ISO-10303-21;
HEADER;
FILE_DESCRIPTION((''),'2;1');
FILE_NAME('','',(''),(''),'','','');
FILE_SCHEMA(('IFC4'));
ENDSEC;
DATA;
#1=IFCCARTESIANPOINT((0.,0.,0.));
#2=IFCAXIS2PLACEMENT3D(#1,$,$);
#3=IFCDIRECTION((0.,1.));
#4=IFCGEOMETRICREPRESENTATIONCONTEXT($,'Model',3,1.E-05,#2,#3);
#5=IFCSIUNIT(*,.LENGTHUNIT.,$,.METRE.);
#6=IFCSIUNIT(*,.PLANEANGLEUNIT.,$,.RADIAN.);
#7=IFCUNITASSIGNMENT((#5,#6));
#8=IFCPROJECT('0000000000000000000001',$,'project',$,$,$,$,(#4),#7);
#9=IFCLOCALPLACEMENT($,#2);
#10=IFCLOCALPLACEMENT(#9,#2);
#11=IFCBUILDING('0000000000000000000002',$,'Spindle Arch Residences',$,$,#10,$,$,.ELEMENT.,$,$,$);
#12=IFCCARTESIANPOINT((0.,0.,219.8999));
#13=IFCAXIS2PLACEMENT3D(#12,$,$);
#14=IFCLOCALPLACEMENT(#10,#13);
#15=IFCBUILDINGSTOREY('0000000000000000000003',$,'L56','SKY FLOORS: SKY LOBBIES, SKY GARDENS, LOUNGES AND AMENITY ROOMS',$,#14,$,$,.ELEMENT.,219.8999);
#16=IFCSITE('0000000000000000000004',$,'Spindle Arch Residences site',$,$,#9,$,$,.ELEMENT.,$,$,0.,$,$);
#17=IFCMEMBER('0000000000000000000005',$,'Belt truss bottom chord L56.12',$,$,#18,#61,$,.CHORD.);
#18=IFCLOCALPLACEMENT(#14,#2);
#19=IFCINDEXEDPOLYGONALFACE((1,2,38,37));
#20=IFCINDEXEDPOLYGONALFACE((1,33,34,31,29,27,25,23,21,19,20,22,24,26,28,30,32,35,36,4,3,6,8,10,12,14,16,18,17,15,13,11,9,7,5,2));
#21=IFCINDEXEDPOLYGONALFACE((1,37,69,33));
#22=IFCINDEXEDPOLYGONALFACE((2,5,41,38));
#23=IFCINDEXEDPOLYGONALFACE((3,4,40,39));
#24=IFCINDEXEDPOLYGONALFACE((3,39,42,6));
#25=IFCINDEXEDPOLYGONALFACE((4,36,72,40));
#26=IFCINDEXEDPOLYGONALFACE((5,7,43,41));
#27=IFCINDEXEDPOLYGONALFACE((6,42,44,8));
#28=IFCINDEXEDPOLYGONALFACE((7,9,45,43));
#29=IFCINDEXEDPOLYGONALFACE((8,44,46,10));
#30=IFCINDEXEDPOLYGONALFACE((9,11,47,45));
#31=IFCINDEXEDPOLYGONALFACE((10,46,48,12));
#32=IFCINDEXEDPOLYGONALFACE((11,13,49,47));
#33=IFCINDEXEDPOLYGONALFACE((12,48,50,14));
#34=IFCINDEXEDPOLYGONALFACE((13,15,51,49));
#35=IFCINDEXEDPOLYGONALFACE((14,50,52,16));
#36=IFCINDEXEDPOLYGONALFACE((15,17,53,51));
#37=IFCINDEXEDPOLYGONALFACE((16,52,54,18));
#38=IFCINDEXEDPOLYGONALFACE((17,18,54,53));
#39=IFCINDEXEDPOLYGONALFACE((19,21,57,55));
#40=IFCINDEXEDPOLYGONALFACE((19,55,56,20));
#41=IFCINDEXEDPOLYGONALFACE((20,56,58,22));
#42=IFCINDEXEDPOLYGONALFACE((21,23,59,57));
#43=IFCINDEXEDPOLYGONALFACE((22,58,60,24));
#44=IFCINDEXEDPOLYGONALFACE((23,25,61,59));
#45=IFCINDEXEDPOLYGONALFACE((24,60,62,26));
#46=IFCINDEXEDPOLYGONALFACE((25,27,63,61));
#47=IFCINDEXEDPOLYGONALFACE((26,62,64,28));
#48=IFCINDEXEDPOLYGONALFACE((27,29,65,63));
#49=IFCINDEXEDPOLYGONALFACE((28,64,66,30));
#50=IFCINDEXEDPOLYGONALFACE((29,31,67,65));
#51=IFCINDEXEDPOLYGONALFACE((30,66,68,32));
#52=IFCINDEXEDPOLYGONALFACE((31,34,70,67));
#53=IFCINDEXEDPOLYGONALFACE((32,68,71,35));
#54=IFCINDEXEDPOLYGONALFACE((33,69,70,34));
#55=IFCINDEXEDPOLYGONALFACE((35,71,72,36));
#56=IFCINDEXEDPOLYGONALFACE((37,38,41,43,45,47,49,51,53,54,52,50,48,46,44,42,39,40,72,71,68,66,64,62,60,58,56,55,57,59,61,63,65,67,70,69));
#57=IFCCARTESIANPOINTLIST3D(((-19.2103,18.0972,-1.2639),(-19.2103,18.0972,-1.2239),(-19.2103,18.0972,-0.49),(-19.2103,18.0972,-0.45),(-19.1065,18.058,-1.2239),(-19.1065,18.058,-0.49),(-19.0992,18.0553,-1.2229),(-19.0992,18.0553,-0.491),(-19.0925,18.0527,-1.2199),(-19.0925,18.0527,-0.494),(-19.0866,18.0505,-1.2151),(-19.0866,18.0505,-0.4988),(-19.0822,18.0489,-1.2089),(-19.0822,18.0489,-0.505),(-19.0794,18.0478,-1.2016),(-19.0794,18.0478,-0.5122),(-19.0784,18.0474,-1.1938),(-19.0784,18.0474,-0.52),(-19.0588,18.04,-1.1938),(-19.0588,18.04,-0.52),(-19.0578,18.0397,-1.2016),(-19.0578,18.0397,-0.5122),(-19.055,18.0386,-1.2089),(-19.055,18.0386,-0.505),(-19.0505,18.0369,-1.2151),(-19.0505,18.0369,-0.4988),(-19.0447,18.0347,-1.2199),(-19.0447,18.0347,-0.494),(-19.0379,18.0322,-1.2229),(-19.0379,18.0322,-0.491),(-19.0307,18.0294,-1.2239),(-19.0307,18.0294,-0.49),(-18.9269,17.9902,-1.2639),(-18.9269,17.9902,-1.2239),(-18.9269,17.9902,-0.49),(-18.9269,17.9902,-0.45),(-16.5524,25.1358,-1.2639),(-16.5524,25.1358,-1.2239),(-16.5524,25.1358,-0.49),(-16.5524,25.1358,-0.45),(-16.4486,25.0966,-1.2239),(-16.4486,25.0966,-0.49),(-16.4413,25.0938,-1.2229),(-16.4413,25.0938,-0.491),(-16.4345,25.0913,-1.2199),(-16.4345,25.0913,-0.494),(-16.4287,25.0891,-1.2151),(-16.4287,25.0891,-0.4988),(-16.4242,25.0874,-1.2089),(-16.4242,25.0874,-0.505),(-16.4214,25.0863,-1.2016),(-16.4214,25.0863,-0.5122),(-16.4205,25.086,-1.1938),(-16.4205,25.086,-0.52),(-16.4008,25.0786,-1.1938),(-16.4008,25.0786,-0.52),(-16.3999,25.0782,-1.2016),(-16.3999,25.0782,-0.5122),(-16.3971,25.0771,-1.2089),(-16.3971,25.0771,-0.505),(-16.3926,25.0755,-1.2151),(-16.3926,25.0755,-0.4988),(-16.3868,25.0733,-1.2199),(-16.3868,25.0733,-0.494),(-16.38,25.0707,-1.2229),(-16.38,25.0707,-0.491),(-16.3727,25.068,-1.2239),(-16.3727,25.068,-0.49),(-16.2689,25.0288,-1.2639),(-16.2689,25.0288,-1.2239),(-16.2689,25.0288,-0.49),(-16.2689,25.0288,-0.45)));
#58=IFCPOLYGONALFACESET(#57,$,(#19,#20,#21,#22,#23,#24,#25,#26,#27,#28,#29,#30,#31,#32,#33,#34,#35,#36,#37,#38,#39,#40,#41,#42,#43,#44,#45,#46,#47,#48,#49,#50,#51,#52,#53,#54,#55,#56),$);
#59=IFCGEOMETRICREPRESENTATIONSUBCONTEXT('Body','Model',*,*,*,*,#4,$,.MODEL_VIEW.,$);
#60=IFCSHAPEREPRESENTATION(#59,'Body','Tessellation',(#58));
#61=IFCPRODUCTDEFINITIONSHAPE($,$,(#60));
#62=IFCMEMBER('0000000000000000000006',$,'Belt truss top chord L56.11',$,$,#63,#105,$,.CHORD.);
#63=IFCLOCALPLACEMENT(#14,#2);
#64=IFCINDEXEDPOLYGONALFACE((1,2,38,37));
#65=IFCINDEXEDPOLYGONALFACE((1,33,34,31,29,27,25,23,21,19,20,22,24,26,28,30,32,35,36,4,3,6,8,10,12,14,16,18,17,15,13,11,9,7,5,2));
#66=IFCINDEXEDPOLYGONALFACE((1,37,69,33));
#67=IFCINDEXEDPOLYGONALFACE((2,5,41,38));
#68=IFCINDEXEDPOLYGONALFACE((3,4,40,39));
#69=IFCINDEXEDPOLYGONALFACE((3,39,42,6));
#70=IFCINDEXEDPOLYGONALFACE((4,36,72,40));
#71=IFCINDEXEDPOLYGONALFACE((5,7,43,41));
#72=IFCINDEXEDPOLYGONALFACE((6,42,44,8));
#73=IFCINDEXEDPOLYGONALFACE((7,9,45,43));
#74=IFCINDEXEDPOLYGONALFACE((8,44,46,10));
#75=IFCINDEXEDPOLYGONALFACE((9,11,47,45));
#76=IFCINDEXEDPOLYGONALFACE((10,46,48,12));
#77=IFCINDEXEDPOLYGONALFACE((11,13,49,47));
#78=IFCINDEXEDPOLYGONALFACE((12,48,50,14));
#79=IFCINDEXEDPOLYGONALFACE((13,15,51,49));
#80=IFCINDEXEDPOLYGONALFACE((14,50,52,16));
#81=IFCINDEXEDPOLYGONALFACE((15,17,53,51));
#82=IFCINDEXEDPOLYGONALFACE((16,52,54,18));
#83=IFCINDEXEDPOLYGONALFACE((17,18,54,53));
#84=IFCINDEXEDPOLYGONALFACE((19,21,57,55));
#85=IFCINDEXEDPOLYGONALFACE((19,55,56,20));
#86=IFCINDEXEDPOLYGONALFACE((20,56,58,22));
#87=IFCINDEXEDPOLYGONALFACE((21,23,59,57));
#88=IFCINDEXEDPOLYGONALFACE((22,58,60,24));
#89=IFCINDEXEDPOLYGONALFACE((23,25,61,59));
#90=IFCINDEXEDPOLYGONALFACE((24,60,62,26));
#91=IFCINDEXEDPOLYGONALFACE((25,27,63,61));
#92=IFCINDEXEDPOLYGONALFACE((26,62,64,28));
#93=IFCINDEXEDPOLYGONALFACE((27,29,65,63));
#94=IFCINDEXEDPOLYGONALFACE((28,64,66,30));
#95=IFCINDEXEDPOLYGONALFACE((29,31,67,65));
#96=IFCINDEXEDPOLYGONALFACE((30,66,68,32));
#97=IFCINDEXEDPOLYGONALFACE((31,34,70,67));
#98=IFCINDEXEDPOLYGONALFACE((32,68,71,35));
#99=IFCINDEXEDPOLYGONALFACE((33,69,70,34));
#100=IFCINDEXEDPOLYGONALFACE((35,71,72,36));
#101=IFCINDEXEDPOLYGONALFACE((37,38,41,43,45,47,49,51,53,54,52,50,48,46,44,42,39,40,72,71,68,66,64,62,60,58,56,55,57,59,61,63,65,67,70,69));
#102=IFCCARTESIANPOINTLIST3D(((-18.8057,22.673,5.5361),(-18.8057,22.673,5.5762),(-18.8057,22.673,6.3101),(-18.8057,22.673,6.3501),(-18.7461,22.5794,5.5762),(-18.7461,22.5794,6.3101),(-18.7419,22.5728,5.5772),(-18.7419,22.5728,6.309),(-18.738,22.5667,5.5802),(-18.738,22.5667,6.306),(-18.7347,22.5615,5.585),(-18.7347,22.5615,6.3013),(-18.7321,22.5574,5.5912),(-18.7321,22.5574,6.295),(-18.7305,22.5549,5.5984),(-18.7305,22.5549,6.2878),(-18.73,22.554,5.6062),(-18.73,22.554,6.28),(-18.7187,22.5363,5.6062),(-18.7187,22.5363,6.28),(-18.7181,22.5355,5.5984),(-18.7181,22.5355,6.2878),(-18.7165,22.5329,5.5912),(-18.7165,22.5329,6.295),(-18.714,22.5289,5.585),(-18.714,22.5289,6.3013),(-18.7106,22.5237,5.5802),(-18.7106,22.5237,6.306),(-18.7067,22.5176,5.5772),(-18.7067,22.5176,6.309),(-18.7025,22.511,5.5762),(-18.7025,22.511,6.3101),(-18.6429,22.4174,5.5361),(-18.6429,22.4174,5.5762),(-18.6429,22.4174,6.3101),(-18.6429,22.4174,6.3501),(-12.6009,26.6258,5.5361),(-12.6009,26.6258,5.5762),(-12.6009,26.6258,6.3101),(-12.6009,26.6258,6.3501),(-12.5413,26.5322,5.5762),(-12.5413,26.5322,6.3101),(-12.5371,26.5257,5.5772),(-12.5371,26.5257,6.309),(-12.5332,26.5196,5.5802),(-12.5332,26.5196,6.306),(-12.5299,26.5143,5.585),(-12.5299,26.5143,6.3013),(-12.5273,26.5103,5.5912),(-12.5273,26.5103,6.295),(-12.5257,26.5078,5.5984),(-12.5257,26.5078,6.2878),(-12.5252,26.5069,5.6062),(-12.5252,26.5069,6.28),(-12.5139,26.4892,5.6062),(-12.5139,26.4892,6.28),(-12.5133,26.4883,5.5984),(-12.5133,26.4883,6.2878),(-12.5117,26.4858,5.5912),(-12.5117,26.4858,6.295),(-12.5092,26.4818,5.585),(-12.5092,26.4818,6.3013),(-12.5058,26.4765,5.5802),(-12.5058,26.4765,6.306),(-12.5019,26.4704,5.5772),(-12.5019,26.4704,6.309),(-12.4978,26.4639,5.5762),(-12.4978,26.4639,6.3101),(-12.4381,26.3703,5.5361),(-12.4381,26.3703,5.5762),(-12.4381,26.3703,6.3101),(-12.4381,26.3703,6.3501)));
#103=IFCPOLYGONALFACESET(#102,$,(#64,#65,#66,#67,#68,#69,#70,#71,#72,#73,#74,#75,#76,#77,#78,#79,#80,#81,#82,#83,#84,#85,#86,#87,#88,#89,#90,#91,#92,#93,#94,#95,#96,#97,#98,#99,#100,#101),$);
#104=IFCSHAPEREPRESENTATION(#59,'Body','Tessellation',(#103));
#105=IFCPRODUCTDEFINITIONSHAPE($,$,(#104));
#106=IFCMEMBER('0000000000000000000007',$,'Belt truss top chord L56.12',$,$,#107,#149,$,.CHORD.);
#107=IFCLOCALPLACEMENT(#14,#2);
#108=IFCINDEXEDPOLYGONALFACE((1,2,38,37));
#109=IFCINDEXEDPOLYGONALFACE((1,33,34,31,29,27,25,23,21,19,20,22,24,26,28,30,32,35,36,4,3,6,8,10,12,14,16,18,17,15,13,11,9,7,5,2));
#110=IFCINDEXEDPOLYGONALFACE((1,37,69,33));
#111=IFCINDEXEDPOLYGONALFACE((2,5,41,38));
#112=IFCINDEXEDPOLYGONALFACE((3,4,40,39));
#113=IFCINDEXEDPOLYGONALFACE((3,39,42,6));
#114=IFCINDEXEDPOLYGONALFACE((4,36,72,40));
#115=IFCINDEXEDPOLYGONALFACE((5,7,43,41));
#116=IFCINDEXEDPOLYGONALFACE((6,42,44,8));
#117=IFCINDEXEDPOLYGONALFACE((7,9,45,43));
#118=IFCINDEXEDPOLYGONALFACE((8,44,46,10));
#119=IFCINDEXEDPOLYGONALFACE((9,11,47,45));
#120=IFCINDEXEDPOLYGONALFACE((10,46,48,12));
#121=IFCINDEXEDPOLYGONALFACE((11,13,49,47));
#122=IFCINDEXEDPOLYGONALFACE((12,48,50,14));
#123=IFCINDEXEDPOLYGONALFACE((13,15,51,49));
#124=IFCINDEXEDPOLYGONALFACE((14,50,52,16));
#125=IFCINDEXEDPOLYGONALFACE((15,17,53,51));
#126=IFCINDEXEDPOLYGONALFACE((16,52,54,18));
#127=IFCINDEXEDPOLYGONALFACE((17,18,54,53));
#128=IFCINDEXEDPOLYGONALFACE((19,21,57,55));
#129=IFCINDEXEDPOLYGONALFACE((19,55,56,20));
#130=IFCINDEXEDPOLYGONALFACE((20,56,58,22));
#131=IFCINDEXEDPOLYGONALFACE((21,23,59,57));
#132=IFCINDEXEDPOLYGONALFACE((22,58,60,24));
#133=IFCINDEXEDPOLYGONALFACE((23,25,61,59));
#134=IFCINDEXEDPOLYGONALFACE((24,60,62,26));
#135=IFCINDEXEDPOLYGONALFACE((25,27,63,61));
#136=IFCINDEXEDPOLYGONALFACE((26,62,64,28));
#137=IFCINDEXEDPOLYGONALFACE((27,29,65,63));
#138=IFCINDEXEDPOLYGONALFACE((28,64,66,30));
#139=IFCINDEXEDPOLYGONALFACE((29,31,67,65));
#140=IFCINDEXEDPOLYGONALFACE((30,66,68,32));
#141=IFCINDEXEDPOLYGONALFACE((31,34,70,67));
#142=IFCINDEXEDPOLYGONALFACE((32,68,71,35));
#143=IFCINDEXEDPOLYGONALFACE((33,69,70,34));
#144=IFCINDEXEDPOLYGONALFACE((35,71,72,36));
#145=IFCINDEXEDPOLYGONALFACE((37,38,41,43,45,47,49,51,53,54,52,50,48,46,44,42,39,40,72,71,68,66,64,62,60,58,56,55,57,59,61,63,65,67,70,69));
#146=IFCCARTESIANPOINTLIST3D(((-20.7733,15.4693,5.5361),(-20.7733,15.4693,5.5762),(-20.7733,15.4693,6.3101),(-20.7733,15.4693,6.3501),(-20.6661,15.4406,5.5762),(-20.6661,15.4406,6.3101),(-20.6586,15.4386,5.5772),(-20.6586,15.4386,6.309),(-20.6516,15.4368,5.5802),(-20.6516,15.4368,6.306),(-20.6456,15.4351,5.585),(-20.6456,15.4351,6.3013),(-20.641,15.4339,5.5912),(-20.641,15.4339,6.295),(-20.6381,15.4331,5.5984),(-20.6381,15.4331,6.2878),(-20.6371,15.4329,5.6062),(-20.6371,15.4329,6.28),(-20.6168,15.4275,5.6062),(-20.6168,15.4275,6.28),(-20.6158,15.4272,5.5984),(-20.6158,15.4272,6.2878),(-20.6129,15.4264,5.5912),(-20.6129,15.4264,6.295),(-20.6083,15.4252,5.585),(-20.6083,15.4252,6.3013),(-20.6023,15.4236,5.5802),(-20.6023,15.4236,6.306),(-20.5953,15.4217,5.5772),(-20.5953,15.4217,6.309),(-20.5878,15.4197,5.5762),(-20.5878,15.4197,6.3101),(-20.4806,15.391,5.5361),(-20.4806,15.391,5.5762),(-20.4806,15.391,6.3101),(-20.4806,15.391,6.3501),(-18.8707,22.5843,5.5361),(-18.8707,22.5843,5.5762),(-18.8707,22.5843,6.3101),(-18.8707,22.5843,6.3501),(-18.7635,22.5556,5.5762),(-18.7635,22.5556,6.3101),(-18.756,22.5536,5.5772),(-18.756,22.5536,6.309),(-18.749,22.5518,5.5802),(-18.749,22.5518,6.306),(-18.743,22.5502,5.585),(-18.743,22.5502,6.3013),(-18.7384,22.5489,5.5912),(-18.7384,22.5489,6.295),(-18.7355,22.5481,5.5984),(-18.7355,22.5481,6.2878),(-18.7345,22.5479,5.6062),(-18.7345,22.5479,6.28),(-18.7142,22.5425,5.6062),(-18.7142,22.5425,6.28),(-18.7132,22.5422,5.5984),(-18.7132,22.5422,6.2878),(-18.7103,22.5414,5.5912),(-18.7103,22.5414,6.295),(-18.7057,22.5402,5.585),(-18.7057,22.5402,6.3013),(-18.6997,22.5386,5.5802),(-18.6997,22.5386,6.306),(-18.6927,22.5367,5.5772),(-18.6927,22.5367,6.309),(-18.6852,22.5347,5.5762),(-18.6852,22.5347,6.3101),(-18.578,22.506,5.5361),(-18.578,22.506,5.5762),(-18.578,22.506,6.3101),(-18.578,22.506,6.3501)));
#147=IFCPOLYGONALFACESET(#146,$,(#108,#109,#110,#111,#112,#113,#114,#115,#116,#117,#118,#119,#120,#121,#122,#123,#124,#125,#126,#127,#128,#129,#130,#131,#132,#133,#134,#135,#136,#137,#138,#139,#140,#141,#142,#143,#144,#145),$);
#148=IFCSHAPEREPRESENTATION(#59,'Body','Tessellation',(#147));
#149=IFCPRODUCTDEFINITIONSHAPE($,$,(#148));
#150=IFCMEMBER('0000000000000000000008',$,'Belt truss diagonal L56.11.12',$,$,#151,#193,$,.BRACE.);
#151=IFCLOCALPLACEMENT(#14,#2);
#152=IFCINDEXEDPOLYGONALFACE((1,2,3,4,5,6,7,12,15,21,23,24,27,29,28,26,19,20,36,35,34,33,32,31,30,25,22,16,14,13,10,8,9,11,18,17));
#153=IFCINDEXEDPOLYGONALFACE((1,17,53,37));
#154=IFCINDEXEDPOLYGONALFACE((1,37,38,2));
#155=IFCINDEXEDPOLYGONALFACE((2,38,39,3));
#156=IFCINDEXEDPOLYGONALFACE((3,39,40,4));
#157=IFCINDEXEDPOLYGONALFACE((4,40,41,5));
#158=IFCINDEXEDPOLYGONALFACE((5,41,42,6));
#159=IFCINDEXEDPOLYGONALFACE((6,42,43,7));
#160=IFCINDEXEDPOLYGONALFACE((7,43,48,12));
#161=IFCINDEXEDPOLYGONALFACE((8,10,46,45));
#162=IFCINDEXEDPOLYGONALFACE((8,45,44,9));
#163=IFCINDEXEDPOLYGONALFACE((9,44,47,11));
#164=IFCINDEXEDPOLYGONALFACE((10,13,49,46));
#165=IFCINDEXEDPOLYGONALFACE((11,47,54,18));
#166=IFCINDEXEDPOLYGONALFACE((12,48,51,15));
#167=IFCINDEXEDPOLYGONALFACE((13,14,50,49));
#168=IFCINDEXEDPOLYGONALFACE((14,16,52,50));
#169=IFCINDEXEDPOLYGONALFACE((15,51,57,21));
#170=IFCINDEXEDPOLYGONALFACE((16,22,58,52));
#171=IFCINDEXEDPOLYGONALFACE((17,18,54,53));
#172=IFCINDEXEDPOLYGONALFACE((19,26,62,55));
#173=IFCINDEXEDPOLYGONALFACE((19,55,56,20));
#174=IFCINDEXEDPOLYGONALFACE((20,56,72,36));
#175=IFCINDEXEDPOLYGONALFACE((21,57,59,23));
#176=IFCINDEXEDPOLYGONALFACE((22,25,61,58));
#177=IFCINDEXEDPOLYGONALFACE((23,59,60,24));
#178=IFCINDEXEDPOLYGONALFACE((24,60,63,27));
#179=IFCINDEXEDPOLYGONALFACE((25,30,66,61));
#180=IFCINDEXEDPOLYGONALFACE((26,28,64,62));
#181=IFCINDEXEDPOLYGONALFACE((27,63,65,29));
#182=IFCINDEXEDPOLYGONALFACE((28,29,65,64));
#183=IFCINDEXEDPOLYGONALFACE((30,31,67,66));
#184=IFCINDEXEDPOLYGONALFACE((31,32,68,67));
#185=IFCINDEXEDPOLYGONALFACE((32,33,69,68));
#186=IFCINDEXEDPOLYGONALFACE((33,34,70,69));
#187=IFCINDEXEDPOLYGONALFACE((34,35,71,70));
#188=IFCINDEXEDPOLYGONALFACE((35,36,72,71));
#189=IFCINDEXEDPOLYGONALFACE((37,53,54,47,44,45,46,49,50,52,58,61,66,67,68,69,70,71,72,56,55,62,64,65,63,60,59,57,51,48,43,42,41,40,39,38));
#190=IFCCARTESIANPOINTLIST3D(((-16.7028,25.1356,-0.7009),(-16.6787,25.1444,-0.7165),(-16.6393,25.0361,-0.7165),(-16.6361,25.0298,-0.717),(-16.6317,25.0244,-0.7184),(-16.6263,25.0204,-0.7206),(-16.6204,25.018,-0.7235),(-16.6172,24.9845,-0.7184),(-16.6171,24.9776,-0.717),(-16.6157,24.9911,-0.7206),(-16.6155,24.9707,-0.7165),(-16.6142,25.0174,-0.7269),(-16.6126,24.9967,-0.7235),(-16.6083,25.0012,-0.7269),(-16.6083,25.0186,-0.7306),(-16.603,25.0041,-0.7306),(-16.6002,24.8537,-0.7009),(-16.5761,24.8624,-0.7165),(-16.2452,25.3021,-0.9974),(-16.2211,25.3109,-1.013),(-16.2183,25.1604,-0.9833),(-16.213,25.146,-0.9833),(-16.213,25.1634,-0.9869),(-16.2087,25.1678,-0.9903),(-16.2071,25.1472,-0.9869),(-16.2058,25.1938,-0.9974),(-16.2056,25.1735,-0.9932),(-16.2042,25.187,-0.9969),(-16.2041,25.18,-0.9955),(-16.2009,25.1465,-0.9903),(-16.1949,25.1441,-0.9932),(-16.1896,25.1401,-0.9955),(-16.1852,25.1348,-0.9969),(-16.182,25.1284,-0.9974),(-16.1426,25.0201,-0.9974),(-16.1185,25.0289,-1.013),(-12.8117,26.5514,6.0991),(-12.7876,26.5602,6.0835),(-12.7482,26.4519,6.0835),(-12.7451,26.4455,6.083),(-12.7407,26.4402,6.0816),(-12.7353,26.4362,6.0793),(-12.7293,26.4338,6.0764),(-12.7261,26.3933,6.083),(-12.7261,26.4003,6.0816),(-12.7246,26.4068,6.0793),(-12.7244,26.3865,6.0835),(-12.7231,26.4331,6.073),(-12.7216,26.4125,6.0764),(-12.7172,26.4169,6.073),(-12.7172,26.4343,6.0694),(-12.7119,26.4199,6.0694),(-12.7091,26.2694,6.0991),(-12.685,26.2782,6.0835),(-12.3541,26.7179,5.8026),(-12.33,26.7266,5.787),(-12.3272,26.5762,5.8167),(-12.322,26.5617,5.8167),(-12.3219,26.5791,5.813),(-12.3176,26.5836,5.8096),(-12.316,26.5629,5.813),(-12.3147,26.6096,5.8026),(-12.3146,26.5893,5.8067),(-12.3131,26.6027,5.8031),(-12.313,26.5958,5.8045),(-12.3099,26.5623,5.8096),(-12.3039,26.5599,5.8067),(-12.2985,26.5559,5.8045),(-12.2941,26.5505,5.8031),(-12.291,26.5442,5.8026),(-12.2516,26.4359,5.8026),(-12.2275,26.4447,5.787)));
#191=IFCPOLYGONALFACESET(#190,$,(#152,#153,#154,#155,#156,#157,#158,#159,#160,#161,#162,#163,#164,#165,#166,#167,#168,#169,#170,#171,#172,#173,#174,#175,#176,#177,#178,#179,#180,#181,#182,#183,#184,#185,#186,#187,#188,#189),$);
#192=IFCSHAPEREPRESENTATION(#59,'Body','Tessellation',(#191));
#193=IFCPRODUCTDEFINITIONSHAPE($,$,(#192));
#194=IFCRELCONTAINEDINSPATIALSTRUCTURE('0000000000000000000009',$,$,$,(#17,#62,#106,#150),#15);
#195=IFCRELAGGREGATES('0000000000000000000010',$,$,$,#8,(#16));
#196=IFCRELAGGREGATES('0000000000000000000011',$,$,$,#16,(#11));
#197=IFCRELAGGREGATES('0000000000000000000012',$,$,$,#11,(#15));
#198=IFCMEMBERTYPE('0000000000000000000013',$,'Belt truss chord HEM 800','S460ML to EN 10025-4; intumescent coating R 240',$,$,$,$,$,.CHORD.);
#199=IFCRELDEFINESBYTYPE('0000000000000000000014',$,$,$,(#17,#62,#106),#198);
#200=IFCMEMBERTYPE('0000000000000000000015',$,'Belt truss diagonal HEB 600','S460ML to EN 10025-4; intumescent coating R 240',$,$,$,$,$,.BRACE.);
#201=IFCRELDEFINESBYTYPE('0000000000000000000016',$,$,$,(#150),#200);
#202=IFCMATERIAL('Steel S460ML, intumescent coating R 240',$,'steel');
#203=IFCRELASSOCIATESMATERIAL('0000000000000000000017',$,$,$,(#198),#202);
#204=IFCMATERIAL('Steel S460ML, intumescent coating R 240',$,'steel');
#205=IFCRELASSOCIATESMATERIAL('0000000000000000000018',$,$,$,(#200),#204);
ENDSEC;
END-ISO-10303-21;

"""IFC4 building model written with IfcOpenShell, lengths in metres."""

from ifc_helpers import new_model, si_unit, direction, frame, origin, origin_2d, place, context, subcontext, project, spatial, i_section, extrude, material, material_profile, profile_set, type_object, element, save


model = new_model("IFC4")

# Units and contexts
model_context = context("Model", 3, precision=1e-05, world=origin(), true_north=direction((0.0, 1.0)))
body_context = subcontext(model_context, "Body", "Model", "MODEL_VIEW")
ifc_project = project(units=[si_unit("LENGTHUNIT", "METRE"), si_unit("PLANEANGLEUNIT", "RADIAN")], contexts=[model_context])

# Site, building, storey
site_placement = place(None, origin())
site = spatial("IfcSite", under=ifc_project, at=site_placement, Name="Spindle Arch Residences site", CompositionType="ELEMENT", RefElevation=0.0)
building_placement = place(site_placement, origin())
building = spatial("IfcBuilding", under=site, at=building_placement, Name="Spindle Arch Residences", CompositionType="ELEMENT")
storey_placement = place(building_placement, frame((0.0, 0.0, 219.8999)))
storey = spatial("IfcBuildingStorey", under=building, at=storey_placement, Name="L56", Description="SKY FLOORS: SKY LOBBIES, SKY GARDENS, LOUNGES AND AMENITY ROOMS", CompositionType="ELEMENT", Elevation=219.8999)

# Members
ifc_material_1 = material(Name="Steel S460ML, intumescent coating R 240", Category="steel")
ifc_material_profile_1 = material_profile(ifc_material_1, i_section(OverallWidth=0.303, OverallDepth=0.814, WebThickness=0.021, FlangeThickness=0.04, FilletRadius=0.03, at=origin_2d()), Name="HEM 800")
ifc_profile_set_1 = profile_set([ifc_material_profile_1], Name="Steel S460ML, intumescent coating R 240")
member_type_1 = type_object("IfcMemberType", Name="Belt truss chord HEM 800", Description="S460ML to EN 10025-4; intumescent coating R 240", PredefinedType="CHORD", material=ifc_profile_set_1)
member_1_placement = place(storey_placement, frame((-16.4106, 25.0823, -0.8569), z_axis=(-0.353278, -0.935519, 0.0), x_axis=(0.935519, -0.353278, 0.0)))
element("IfcMember", 1, at=member_1_placement, inside=storey, type_object=member_type_1, Name="Belt truss bottom chord L56.12", PredefinedType="CHORD", context=body_context, shape_type="SweptSolid", body=[
    extrude(i_section(OverallWidth=0.303, OverallDepth=0.814, WebThickness=0.021, FlangeThickness=0.04, FilletRadius=0.03, at=origin_2d()), origin(), (0.0, 0.0, 1.0), 7.5237),
])
member_2_placement = place(storey_placement, frame((-12.5195, 26.498, 5.9431), z_axis=(-0.843394, -0.537296, 0.0), x_axis=(0.537296, -0.843394, 0.0)))
element("IfcMember", 2, at=member_2_placement, inside=storey, type_object=member_type_1, Name="Belt truss top chord L56.11", PredefinedType="CHORD", context=body_context, shape_type="SweptSolid", body=[
    extrude(i_section(OverallWidth=0.303, OverallDepth=0.814, WebThickness=0.021, FlangeThickness=0.04, FilletRadius=0.03, at=origin_2d()), origin(), (0.0, 0.0, 1.0), 7.3569),
])
member_3_placement = place(storey_placement, frame((-18.7244, 22.5452, 5.9431), z_axis=(-0.258329, -0.966057, 0.0), x_axis=(0.966057, -0.258329, 0.0)))
element("IfcMember", 3, at=member_3_placement, inside=storey, type_object=member_type_1, Name="Belt truss top chord L56.12", PredefinedType="CHORD", context=body_context, shape_type="SweptSolid", body=[
    extrude(i_section(OverallWidth=0.303, OverallDepth=0.814, WebThickness=0.021, FlangeThickness=0.04, FilletRadius=0.03, at=origin_2d()), origin(), (0.0, 0.0, 1.0), 7.365),
])
ifc_material_2 = material(Name="Steel S460ML, intumescent coating R 240", Category="steel")
ifc_material_profile_2 = material_profile(ifc_material_2, i_section(OverallWidth=0.3, OverallDepth=0.6001, WebThickness=0.0154, FlangeThickness=0.03, FilletRadius=0.0271, at=origin_2d()), Name="HEB 600")
ifc_profile_set_2 = profile_set([ifc_material_profile_2], Name="Steel S460ML, intumescent coating R 240")
member_type_2 = type_object("IfcMemberType", Name="Belt truss diagonal HEB 600", Description="S460ML to EN 10025-4; intumescent coating R 240", PredefinedType="BRACE", material=ifc_profile_set_2)
member_4_placement = place(storey_placement, frame((-16.4106, 25.0823, -0.8569), z_axis=(0.48874, 0.177827, 0.854114), x_axis=(-0.341918, 0.93973, 0.0)))
element("IfcMember", 4, at=member_4_placement, inside=storey, type_object=member_type_2, Name="Belt truss diagonal L56.11.12", PredefinedType="BRACE", context=body_context, shape_type="SweptSolid", body=[
    extrude(i_section(OverallWidth=0.3, OverallDepth=0.6001, WebThickness=0.0154, FlangeThickness=0.03, FilletRadius=0.0271, at=origin_2d()), origin(), (0.0, 0.0, 1.0), 7.9614),
])

save(model, "model.ifc")
